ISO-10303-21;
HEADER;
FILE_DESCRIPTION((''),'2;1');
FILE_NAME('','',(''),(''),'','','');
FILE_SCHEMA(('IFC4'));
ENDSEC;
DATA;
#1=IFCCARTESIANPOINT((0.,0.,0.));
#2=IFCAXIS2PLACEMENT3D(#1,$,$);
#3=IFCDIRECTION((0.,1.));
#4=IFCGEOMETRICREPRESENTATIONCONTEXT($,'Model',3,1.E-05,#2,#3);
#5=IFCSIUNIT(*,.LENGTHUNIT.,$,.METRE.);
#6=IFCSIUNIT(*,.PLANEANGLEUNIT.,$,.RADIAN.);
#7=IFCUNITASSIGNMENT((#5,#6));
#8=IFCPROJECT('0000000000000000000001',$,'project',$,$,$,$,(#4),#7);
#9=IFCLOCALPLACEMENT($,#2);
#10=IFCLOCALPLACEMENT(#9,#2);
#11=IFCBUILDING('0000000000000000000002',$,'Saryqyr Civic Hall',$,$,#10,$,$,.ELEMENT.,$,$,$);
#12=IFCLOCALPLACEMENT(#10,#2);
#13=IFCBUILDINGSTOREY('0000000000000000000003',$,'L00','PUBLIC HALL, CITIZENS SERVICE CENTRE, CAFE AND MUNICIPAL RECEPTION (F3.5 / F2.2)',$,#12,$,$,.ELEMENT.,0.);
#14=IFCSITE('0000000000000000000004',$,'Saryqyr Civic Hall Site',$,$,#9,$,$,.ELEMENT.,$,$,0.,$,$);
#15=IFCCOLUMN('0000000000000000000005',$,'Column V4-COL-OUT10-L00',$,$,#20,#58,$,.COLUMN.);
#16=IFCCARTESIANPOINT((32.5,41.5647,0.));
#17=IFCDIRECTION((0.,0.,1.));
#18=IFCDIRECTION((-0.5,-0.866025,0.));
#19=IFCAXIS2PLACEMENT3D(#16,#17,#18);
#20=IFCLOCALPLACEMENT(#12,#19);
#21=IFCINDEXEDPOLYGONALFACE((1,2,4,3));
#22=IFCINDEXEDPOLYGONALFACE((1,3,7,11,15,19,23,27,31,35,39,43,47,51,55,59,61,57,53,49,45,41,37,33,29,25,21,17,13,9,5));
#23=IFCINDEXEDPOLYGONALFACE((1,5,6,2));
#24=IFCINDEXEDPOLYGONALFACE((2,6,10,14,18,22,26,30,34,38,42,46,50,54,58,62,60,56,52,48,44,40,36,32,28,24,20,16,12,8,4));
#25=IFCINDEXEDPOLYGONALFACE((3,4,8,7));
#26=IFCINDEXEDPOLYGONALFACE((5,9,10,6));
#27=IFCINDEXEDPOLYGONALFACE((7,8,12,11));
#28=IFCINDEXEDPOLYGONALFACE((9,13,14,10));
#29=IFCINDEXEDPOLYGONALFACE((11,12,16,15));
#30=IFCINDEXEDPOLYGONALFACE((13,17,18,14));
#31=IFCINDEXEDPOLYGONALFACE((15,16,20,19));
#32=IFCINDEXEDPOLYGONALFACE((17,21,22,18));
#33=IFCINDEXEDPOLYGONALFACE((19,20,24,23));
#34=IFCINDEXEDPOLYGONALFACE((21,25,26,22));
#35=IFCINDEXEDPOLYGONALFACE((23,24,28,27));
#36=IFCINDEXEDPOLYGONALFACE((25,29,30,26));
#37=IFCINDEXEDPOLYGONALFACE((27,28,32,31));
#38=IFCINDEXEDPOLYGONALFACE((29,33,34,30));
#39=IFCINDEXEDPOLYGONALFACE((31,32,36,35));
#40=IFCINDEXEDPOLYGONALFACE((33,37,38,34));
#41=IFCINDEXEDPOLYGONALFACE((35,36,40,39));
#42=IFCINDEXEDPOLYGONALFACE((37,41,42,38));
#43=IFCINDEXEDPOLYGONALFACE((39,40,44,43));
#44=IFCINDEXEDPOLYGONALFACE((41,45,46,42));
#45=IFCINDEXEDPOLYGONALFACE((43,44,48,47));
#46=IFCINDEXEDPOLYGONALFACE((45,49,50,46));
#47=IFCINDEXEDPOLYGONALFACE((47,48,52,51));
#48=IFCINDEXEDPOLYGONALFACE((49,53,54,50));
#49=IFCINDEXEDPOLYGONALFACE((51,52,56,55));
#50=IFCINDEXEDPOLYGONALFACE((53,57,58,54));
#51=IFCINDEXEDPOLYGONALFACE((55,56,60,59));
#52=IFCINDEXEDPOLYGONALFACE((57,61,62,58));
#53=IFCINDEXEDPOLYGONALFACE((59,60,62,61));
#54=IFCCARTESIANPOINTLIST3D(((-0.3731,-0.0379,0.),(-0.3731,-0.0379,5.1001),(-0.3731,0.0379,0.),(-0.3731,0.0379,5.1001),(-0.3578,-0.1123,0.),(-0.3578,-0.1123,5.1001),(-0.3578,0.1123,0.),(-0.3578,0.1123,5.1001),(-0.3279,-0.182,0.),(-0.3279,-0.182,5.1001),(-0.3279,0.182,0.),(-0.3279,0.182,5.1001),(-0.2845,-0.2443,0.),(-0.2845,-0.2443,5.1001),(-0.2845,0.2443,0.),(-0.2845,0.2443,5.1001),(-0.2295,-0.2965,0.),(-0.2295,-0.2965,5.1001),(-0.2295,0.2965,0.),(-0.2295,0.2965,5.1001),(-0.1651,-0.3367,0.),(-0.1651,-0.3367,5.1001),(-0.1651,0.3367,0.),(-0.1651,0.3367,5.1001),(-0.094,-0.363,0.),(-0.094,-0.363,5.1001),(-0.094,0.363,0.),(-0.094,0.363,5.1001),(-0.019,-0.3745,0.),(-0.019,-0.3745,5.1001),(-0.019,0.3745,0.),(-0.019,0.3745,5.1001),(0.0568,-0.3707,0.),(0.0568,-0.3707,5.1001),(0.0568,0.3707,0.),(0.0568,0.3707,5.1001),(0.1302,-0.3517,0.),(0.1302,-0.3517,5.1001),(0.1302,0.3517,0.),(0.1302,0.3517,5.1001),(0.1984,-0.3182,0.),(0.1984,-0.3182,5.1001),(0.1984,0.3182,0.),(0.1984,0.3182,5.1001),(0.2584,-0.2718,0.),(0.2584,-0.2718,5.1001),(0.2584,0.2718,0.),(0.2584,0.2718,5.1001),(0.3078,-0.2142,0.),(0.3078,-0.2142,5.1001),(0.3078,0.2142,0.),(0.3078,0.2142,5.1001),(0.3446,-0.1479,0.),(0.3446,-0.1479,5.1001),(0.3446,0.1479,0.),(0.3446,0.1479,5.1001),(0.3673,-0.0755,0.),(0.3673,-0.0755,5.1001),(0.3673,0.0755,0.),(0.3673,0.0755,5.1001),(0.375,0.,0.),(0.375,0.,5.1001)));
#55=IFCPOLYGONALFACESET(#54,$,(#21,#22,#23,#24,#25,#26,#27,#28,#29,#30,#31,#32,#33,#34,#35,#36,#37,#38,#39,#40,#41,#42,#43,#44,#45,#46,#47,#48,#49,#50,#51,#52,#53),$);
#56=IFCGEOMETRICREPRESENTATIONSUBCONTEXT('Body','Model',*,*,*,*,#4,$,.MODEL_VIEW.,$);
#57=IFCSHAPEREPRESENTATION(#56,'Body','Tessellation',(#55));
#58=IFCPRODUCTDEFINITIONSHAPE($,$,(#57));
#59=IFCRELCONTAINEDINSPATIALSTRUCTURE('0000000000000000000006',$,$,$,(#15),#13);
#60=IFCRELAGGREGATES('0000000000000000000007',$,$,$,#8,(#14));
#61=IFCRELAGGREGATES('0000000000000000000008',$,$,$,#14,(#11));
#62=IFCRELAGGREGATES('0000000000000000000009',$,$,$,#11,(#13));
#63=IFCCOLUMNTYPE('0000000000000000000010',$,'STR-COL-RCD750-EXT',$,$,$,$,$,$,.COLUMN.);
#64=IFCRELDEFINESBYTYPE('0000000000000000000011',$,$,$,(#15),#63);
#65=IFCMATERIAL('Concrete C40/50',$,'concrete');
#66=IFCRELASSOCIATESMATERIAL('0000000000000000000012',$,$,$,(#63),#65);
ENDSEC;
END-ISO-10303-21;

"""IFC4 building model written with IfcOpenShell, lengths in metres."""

from ifc_helpers import new_model, si_unit, direction, frame, origin, origin_2d, place, context, subcontext, project, spatial, circle, extrude, material, material_profile, profile_set, type_object, element, save


model = new_model("IFC4")

# Units and contexts
model_context = context("Model", 3, precision=1e-05, world=origin(), true_north=direction((0.0, 1.0)))
body_context = subcontext(model_context, "Body", "Model", "MODEL_VIEW")
ifc_project = project(units=[si_unit("LENGTHUNIT", "METRE"), si_unit("PLANEANGLEUNIT", "RADIAN")], contexts=[model_context])

# Site, building, storey
site_placement = place(None, origin())
site = spatial("IfcSite", under=ifc_project, at=site_placement, Name="Saryqyr Civic Hall Site", CompositionType="ELEMENT", RefElevation=0.0)
building_placement = place(site_placement, origin())
building = spatial("IfcBuilding", under=site, at=building_placement, Name="Saryqyr Civic Hall", CompositionType="ELEMENT")
storey_placement = place(building_placement, origin())
storey = spatial("IfcBuildingStorey", under=building, at=storey_placement, Name="L00", Description="PUBLIC HALL, CITIZENS SERVICE CENTRE, CAFE AND MUNICIPAL RECEPTION (F3.5 / F2.2)", CompositionType="ELEMENT", Elevation=0.0)

# Column
ifc_material_1 = material(Name="Concrete C40/50", Category="concrete")
ifc_material_profile_1 = material_profile(ifc_material_1, circle(Radius=0.375, at=origin_2d()), Name="RC D750")
ifc_profile_set_1 = profile_set([ifc_material_profile_1], Name="Concrete C40/50")
column_type_1 = type_object("IfcColumnType", Name="STR-COL-RCD750-EXT", PredefinedType="COLUMN", material=ifc_profile_set_1)
column_1_placement = place(storey_placement, frame((32.5, 41.5647, 0.0), z_axis=(0.0, 0.0, 1.0), x_axis=(-0.5, -0.866025, 0.0)))
element("IfcColumn", 1, at=column_1_placement, inside=storey, type_object=column_type_1, Name="Column V4-COL-OUT10-L00", PredefinedType="COLUMN", context=body_context, shape_type="SweptSolid", body=[
    extrude(circle(Radius=0.375, at=origin_2d()), origin(), (0.0, 0.0, 1.0), 5.1001),
])

save(model, "model.ifc")
